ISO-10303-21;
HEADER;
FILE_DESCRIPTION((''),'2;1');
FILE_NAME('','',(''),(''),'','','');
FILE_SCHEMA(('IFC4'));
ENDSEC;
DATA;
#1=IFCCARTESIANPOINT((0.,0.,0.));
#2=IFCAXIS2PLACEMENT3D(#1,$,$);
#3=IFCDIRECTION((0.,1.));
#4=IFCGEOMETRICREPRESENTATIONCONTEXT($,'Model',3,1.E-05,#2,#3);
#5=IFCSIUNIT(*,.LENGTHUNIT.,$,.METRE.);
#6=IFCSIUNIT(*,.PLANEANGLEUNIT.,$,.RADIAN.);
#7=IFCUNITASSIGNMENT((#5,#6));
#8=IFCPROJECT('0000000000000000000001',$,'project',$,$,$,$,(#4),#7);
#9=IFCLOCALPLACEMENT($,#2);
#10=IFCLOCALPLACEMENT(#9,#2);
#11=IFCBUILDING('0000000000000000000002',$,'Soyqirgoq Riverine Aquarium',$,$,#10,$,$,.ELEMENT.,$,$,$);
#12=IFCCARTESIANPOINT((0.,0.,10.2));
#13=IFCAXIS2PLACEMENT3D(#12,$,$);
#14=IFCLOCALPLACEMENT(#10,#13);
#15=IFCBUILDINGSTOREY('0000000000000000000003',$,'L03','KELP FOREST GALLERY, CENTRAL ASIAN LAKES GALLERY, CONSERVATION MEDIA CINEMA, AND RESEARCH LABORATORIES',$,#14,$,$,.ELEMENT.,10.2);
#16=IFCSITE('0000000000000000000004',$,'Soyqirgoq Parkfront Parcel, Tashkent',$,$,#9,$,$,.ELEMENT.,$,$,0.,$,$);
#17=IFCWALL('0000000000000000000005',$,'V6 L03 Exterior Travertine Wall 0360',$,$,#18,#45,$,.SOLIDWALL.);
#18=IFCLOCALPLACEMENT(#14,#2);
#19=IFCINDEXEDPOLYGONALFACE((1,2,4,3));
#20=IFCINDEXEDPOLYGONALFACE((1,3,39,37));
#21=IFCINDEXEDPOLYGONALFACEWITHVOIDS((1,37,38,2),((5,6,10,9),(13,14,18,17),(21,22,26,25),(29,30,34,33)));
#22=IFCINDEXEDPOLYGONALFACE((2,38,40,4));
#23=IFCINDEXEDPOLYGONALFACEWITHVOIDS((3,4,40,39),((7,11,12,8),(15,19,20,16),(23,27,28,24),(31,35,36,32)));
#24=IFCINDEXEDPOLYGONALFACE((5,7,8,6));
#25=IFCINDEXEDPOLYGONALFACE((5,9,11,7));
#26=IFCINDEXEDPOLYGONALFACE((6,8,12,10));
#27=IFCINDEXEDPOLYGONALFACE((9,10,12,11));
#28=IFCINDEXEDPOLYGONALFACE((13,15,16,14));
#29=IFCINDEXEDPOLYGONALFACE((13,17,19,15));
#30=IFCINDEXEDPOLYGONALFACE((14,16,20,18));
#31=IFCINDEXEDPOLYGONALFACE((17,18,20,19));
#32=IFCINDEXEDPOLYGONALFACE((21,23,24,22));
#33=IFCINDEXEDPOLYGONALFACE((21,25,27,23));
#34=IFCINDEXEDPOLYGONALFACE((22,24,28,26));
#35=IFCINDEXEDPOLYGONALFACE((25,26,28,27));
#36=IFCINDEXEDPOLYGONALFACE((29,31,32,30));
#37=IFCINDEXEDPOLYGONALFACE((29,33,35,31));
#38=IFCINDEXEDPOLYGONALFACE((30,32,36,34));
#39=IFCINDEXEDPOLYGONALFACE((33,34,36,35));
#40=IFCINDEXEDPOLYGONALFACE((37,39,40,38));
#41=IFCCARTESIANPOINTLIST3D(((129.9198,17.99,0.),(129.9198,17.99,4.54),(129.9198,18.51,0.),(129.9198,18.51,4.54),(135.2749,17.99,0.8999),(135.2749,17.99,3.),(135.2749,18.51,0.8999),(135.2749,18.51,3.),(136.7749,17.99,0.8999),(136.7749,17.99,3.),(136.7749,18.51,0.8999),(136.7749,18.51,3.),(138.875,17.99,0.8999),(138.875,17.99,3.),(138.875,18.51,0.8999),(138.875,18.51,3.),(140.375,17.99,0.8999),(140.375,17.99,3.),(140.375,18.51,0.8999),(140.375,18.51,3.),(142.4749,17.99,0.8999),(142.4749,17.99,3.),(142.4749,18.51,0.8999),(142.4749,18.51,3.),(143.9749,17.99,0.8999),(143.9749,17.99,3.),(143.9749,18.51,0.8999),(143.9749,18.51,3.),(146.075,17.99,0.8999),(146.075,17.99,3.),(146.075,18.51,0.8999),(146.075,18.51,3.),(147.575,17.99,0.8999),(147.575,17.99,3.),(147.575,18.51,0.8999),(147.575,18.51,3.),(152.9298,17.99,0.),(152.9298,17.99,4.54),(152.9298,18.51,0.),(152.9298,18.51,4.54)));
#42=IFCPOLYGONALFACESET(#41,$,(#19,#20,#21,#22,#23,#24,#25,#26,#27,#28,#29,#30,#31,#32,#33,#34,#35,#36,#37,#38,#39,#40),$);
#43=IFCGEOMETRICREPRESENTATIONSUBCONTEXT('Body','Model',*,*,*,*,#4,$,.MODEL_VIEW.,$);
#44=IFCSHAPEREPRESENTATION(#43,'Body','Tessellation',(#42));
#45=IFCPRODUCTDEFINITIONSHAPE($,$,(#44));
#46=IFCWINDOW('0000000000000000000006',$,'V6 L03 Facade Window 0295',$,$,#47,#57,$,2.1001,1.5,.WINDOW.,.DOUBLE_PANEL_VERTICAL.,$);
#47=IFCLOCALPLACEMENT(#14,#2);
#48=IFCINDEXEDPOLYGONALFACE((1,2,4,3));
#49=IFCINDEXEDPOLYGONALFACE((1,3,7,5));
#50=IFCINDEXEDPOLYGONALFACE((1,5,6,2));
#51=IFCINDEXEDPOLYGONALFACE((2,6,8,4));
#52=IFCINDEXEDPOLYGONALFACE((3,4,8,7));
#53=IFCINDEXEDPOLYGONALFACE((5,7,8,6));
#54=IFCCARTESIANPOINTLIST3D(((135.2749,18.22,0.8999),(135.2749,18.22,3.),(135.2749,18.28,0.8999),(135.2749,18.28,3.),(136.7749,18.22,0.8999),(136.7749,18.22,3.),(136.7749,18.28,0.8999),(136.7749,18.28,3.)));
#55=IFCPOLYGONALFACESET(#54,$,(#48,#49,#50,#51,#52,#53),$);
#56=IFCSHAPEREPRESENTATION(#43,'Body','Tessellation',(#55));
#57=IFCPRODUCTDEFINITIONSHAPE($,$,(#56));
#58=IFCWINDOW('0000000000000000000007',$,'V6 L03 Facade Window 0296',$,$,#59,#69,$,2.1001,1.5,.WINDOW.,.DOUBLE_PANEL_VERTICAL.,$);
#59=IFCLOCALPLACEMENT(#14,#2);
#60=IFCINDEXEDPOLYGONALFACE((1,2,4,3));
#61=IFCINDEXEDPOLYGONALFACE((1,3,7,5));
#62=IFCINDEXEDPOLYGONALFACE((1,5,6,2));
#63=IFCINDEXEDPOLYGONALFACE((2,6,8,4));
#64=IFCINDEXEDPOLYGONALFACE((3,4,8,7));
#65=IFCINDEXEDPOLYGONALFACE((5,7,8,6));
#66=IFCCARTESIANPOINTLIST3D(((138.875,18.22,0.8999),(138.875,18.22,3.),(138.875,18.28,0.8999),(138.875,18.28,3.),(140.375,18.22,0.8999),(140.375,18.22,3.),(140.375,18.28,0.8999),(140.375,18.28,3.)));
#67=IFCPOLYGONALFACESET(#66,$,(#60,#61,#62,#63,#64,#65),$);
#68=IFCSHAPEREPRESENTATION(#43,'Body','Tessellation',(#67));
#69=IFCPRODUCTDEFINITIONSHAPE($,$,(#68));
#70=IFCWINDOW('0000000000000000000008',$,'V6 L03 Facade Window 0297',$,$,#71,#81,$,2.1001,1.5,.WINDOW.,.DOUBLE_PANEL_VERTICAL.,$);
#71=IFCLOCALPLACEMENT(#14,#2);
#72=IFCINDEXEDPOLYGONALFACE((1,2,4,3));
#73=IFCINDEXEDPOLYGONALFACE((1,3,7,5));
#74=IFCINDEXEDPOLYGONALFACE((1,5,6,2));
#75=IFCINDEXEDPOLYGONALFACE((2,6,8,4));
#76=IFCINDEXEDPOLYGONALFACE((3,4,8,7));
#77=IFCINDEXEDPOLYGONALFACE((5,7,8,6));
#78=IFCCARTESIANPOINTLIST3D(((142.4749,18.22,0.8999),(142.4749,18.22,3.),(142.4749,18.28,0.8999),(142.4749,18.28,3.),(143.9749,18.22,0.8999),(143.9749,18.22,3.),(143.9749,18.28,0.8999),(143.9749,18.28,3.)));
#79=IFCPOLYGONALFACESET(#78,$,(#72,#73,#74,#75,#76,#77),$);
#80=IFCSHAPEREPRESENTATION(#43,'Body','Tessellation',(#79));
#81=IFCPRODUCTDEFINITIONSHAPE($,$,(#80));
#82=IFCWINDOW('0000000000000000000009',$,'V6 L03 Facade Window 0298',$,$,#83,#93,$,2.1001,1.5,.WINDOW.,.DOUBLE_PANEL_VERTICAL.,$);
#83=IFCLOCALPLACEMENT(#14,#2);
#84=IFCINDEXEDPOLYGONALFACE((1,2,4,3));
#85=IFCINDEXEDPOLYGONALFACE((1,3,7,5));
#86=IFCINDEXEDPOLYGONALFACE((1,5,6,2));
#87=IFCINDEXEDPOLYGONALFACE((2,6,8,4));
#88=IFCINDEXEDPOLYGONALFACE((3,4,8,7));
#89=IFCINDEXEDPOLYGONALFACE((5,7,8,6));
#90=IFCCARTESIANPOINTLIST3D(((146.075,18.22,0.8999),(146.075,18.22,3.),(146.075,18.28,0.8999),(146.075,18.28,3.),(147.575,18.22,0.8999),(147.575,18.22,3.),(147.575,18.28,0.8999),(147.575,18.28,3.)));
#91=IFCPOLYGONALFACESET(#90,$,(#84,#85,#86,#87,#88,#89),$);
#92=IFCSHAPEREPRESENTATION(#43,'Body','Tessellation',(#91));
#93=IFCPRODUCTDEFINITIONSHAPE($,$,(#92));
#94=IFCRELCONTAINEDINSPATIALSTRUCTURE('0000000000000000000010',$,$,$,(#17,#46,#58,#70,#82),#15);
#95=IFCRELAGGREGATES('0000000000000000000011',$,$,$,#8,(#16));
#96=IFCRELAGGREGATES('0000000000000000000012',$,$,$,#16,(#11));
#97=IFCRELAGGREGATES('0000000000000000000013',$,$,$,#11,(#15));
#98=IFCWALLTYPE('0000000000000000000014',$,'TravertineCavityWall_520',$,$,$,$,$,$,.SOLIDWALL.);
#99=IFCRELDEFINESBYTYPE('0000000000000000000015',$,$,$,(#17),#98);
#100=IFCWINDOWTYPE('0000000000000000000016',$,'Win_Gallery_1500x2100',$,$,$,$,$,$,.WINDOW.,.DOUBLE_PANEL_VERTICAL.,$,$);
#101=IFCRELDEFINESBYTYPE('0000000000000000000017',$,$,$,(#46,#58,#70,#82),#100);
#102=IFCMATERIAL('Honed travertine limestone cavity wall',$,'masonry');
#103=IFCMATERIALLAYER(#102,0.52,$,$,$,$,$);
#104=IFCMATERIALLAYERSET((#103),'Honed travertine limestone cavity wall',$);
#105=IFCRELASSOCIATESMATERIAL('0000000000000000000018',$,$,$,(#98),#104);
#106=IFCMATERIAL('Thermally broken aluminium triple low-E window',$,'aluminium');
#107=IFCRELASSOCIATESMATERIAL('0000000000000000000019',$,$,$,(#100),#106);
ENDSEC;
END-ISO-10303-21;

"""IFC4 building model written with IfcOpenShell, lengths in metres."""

from ifc_helpers import new_model, si_unit, direction, frame, frame_2d, origin, place, context, subcontext, project, spatial, rectangle, extrude, material, layer, layer_set, type_object, element, fill, save


model = new_model("IFC4")

# Units and contexts
model_context = context("Model", 3, precision=1e-05, world=origin(), true_north=direction((0.0, 1.0)))
body_context = subcontext(model_context, "Body", "Model", "MODEL_VIEW")
ifc_project = project(units=[si_unit("LENGTHUNIT", "METRE"), si_unit("PLANEANGLEUNIT", "RADIAN")], contexts=[model_context])

# Site, building, storey
site_placement = place(None, origin())
site = spatial("IfcSite", under=ifc_project, at=site_placement, Name="Soyqirgoq Parkfront Parcel, Tashkent", CompositionType="ELEMENT", RefElevation=0.0)
building_placement = place(site_placement, origin())
building = spatial("IfcBuilding", under=site, at=building_placement, Name="Soyqirgoq Riverine Aquarium", CompositionType="ELEMENT")
storey_placement = place(building_placement, frame((0.0, 0.0, 10.2)))
storey = spatial("IfcBuildingStorey", under=building, at=storey_placement, Name="L03", Description="KELP FOREST GALLERY, CENTRAL ASIAN LAKES GALLERY, CONSERVATION MEDIA CINEMA, AND RESEARCH LABORATORIES", CompositionType="ELEMENT", Elevation=10.2)

# Wall, openings, windows
ifc_material_1 = material(Name="Honed travertine limestone cavity wall", Category="masonry")
ifc_layer_1 = layer(ifc_material_1, 0.52)
ifc_layer_set_1 = layer_set([ifc_layer_1], Name="Honed travertine limestone cavity wall")
wall_type_1 = type_object("IfcWallType", Name="TravertineCavityWall_520", PredefinedType="SOLIDWALL", material=ifc_layer_set_1)
wall_1_placement = place(storey_placement, frame((129.9199, 18.25, 0.0), z_axis=(0.0, 0.0, 1.0), x_axis=(1.0, 0.0, 0.0)))
wall_1 = element("IfcWall", 1, at=wall_1_placement, inside=storey, type_object=wall_type_1, Name="V6 L03 Exterior Travertine Wall 0360", PredefinedType="SOLIDWALL", context=body_context, shape_type="SweptSolid", body=[
    extrude(rectangle(XDim=23.01, YDim=0.52, at=frame_2d((11.5049, 0.0))), origin(), (0.0, 0.0, 1.0), 4.54),
])
opening_1_placement = place(wall_1_placement, frame((5.355, 0.0, 0.8999)))
opening_1 = element("IfcOpeningElement", 2, at=opening_1_placement, cuts=wall_1, PredefinedType="OPENING", context=body_context, shape_type="SweptSolid", body=[
    extrude(rectangle(XDim=1.5, YDim=2.1001, at=frame_2d((0.75, 1.05))), frame((0.0, 0.27, 0.0), z_axis=(0.0, -1.0, 0.0), x_axis=(1.0, 0.0, 0.0)), (0.0, 0.0, 1.0), 0.54),
])
opening_2_placement = place(wall_1_placement, frame((8.9551, 0.0, 0.8999)))
opening_2 = element("IfcOpeningElement", 3, at=opening_2_placement, cuts=wall_1, PredefinedType="OPENING", context=body_context, shape_type="SweptSolid", body=[
    extrude(rectangle(XDim=1.5, YDim=2.1001, at=frame_2d((0.75, 1.05))), frame((0.0, 0.27, 0.0), z_axis=(0.0, -1.0, 0.0), x_axis=(1.0, 0.0, 0.0)), (0.0, 0.0, 1.0), 0.54),
])
opening_3_placement = place(wall_1_placement, frame((12.5549, 0.0, 0.8999)))
opening_3 = element("IfcOpeningElement", 4, at=opening_3_placement, cuts=wall_1, PredefinedType="OPENING", context=body_context, shape_type="SweptSolid", body=[
    extrude(rectangle(XDim=1.5, YDim=2.1001, at=frame_2d((0.75, 1.05))), frame((0.0, 0.27, 0.0), z_axis=(0.0, -1.0, 0.0), x_axis=(1.0, 0.0, 0.0)), (0.0, 0.0, 1.0), 0.54),
])
opening_4_placement = place(wall_1_placement, frame((16.155, 0.0, 0.8999)))
opening_4 = element("IfcOpeningElement", 5, at=opening_4_placement, cuts=wall_1, PredefinedType="OPENING", context=body_context, shape_type="SweptSolid", body=[
    extrude(rectangle(XDim=1.5, YDim=2.1001, at=frame_2d((0.75, 1.05))), frame((0.0, 0.27, 0.0), z_axis=(0.0, -1.0, 0.0), x_axis=(1.0, 0.0, 0.0)), (0.0, 0.0, 1.0), 0.54),
])
ifc_material_2 = material(Name="Thermally broken aluminium triple low-E window", Category="aluminium")
window_type = type_object("IfcWindowType", Name="Win_Gallery_1500x2100", PartitioningType="DOUBLE_PANEL_VERTICAL", PredefinedType="WINDOW", material=ifc_material_2)
window_1_placement = place(opening_1_placement, origin())
window_1 = element("IfcWindow", 6, at=window_1_placement, inside=storey, type_object=window_type, Name="V6 L03 Facade Window 0295", OverallHeight=2.1001, OverallWidth=1.5, PartitioningType="DOUBLE_PANEL_VERTICAL", PredefinedType="WINDOW", context=body_context, shape_type="SweptSolid", body=[
    extrude(rectangle(XDim=1.5, YDim=2.1001, at=frame_2d((0.75, 1.05))), frame((0.0, 0.03, 0.0), z_axis=(0.0, -1.0, 0.0), x_axis=(1.0, 0.0, 0.0)), (0.0, 0.0, 1.0), 0.0601),
])
fill(opening_1, window_1)
window_2_placement = place(opening_2_placement, origin())
window_2 = element("IfcWindow", 7, at=window_2_placement, inside=storey, type_object=window_type, Name="V6 L03 Facade Window 0296", OverallHeight=2.1001, OverallWidth=1.5, PartitioningType="DOUBLE_PANEL_VERTICAL", PredefinedType="WINDOW", context=body_context, shape_type="SweptSolid", body=[
    extrude(rectangle(XDim=1.5, YDim=2.1001, at=frame_2d((0.75, 1.05))), frame((0.0, 0.03, 0.0), z_axis=(0.0, -1.0, 0.0), x_axis=(1.0, 0.0, 0.0)), (0.0, 0.0, 1.0), 0.0601),
])
fill(opening_2, window_2)
window_3_placement = place(opening_3_placement, origin())
window_3 = element("IfcWindow", 8, at=window_3_placement, inside=storey, type_object=window_type, Name="V6 L03 Facade Window 0297", OverallHeight=2.1001, OverallWidth=1.5, PartitioningType="DOUBLE_PANEL_VERTICAL", PredefinedType="WINDOW", context=body_context, shape_type="SweptSolid", body=[
    extrude(rectangle(XDim=1.5, YDim=2.1001, at=frame_2d((0.75, 1.05))), frame((0.0, 0.03, 0.0), z_axis=(0.0, -1.0, 0.0), x_axis=(1.0, 0.0, 0.0)), (0.0, 0.0, 1.0), 0.0601),
])
fill(opening_3, window_3)
window_4_placement = place(opening_4_placement, origin())
window_4 = element("IfcWindow", 9, at=window_4_placement, inside=storey, type_object=window_type, Name="V6 L03 Facade Window 0298", OverallHeight=2.1001, OverallWidth=1.5, PartitioningType="DOUBLE_PANEL_VERTICAL", PredefinedType="WINDOW", context=body_context, shape_type="SweptSolid", body=[
    extrude(rectangle(XDim=1.5, YDim=2.1001, at=frame_2d((0.75, 1.05))), frame((0.0, 0.03, 0.0), z_axis=(0.0, -1.0, 0.0), x_axis=(1.0, 0.0, 0.0)), (0.0, 0.0, 1.0), 0.0601),
])
fill(opening_4, window_4)

save(model, "model.ifc")
